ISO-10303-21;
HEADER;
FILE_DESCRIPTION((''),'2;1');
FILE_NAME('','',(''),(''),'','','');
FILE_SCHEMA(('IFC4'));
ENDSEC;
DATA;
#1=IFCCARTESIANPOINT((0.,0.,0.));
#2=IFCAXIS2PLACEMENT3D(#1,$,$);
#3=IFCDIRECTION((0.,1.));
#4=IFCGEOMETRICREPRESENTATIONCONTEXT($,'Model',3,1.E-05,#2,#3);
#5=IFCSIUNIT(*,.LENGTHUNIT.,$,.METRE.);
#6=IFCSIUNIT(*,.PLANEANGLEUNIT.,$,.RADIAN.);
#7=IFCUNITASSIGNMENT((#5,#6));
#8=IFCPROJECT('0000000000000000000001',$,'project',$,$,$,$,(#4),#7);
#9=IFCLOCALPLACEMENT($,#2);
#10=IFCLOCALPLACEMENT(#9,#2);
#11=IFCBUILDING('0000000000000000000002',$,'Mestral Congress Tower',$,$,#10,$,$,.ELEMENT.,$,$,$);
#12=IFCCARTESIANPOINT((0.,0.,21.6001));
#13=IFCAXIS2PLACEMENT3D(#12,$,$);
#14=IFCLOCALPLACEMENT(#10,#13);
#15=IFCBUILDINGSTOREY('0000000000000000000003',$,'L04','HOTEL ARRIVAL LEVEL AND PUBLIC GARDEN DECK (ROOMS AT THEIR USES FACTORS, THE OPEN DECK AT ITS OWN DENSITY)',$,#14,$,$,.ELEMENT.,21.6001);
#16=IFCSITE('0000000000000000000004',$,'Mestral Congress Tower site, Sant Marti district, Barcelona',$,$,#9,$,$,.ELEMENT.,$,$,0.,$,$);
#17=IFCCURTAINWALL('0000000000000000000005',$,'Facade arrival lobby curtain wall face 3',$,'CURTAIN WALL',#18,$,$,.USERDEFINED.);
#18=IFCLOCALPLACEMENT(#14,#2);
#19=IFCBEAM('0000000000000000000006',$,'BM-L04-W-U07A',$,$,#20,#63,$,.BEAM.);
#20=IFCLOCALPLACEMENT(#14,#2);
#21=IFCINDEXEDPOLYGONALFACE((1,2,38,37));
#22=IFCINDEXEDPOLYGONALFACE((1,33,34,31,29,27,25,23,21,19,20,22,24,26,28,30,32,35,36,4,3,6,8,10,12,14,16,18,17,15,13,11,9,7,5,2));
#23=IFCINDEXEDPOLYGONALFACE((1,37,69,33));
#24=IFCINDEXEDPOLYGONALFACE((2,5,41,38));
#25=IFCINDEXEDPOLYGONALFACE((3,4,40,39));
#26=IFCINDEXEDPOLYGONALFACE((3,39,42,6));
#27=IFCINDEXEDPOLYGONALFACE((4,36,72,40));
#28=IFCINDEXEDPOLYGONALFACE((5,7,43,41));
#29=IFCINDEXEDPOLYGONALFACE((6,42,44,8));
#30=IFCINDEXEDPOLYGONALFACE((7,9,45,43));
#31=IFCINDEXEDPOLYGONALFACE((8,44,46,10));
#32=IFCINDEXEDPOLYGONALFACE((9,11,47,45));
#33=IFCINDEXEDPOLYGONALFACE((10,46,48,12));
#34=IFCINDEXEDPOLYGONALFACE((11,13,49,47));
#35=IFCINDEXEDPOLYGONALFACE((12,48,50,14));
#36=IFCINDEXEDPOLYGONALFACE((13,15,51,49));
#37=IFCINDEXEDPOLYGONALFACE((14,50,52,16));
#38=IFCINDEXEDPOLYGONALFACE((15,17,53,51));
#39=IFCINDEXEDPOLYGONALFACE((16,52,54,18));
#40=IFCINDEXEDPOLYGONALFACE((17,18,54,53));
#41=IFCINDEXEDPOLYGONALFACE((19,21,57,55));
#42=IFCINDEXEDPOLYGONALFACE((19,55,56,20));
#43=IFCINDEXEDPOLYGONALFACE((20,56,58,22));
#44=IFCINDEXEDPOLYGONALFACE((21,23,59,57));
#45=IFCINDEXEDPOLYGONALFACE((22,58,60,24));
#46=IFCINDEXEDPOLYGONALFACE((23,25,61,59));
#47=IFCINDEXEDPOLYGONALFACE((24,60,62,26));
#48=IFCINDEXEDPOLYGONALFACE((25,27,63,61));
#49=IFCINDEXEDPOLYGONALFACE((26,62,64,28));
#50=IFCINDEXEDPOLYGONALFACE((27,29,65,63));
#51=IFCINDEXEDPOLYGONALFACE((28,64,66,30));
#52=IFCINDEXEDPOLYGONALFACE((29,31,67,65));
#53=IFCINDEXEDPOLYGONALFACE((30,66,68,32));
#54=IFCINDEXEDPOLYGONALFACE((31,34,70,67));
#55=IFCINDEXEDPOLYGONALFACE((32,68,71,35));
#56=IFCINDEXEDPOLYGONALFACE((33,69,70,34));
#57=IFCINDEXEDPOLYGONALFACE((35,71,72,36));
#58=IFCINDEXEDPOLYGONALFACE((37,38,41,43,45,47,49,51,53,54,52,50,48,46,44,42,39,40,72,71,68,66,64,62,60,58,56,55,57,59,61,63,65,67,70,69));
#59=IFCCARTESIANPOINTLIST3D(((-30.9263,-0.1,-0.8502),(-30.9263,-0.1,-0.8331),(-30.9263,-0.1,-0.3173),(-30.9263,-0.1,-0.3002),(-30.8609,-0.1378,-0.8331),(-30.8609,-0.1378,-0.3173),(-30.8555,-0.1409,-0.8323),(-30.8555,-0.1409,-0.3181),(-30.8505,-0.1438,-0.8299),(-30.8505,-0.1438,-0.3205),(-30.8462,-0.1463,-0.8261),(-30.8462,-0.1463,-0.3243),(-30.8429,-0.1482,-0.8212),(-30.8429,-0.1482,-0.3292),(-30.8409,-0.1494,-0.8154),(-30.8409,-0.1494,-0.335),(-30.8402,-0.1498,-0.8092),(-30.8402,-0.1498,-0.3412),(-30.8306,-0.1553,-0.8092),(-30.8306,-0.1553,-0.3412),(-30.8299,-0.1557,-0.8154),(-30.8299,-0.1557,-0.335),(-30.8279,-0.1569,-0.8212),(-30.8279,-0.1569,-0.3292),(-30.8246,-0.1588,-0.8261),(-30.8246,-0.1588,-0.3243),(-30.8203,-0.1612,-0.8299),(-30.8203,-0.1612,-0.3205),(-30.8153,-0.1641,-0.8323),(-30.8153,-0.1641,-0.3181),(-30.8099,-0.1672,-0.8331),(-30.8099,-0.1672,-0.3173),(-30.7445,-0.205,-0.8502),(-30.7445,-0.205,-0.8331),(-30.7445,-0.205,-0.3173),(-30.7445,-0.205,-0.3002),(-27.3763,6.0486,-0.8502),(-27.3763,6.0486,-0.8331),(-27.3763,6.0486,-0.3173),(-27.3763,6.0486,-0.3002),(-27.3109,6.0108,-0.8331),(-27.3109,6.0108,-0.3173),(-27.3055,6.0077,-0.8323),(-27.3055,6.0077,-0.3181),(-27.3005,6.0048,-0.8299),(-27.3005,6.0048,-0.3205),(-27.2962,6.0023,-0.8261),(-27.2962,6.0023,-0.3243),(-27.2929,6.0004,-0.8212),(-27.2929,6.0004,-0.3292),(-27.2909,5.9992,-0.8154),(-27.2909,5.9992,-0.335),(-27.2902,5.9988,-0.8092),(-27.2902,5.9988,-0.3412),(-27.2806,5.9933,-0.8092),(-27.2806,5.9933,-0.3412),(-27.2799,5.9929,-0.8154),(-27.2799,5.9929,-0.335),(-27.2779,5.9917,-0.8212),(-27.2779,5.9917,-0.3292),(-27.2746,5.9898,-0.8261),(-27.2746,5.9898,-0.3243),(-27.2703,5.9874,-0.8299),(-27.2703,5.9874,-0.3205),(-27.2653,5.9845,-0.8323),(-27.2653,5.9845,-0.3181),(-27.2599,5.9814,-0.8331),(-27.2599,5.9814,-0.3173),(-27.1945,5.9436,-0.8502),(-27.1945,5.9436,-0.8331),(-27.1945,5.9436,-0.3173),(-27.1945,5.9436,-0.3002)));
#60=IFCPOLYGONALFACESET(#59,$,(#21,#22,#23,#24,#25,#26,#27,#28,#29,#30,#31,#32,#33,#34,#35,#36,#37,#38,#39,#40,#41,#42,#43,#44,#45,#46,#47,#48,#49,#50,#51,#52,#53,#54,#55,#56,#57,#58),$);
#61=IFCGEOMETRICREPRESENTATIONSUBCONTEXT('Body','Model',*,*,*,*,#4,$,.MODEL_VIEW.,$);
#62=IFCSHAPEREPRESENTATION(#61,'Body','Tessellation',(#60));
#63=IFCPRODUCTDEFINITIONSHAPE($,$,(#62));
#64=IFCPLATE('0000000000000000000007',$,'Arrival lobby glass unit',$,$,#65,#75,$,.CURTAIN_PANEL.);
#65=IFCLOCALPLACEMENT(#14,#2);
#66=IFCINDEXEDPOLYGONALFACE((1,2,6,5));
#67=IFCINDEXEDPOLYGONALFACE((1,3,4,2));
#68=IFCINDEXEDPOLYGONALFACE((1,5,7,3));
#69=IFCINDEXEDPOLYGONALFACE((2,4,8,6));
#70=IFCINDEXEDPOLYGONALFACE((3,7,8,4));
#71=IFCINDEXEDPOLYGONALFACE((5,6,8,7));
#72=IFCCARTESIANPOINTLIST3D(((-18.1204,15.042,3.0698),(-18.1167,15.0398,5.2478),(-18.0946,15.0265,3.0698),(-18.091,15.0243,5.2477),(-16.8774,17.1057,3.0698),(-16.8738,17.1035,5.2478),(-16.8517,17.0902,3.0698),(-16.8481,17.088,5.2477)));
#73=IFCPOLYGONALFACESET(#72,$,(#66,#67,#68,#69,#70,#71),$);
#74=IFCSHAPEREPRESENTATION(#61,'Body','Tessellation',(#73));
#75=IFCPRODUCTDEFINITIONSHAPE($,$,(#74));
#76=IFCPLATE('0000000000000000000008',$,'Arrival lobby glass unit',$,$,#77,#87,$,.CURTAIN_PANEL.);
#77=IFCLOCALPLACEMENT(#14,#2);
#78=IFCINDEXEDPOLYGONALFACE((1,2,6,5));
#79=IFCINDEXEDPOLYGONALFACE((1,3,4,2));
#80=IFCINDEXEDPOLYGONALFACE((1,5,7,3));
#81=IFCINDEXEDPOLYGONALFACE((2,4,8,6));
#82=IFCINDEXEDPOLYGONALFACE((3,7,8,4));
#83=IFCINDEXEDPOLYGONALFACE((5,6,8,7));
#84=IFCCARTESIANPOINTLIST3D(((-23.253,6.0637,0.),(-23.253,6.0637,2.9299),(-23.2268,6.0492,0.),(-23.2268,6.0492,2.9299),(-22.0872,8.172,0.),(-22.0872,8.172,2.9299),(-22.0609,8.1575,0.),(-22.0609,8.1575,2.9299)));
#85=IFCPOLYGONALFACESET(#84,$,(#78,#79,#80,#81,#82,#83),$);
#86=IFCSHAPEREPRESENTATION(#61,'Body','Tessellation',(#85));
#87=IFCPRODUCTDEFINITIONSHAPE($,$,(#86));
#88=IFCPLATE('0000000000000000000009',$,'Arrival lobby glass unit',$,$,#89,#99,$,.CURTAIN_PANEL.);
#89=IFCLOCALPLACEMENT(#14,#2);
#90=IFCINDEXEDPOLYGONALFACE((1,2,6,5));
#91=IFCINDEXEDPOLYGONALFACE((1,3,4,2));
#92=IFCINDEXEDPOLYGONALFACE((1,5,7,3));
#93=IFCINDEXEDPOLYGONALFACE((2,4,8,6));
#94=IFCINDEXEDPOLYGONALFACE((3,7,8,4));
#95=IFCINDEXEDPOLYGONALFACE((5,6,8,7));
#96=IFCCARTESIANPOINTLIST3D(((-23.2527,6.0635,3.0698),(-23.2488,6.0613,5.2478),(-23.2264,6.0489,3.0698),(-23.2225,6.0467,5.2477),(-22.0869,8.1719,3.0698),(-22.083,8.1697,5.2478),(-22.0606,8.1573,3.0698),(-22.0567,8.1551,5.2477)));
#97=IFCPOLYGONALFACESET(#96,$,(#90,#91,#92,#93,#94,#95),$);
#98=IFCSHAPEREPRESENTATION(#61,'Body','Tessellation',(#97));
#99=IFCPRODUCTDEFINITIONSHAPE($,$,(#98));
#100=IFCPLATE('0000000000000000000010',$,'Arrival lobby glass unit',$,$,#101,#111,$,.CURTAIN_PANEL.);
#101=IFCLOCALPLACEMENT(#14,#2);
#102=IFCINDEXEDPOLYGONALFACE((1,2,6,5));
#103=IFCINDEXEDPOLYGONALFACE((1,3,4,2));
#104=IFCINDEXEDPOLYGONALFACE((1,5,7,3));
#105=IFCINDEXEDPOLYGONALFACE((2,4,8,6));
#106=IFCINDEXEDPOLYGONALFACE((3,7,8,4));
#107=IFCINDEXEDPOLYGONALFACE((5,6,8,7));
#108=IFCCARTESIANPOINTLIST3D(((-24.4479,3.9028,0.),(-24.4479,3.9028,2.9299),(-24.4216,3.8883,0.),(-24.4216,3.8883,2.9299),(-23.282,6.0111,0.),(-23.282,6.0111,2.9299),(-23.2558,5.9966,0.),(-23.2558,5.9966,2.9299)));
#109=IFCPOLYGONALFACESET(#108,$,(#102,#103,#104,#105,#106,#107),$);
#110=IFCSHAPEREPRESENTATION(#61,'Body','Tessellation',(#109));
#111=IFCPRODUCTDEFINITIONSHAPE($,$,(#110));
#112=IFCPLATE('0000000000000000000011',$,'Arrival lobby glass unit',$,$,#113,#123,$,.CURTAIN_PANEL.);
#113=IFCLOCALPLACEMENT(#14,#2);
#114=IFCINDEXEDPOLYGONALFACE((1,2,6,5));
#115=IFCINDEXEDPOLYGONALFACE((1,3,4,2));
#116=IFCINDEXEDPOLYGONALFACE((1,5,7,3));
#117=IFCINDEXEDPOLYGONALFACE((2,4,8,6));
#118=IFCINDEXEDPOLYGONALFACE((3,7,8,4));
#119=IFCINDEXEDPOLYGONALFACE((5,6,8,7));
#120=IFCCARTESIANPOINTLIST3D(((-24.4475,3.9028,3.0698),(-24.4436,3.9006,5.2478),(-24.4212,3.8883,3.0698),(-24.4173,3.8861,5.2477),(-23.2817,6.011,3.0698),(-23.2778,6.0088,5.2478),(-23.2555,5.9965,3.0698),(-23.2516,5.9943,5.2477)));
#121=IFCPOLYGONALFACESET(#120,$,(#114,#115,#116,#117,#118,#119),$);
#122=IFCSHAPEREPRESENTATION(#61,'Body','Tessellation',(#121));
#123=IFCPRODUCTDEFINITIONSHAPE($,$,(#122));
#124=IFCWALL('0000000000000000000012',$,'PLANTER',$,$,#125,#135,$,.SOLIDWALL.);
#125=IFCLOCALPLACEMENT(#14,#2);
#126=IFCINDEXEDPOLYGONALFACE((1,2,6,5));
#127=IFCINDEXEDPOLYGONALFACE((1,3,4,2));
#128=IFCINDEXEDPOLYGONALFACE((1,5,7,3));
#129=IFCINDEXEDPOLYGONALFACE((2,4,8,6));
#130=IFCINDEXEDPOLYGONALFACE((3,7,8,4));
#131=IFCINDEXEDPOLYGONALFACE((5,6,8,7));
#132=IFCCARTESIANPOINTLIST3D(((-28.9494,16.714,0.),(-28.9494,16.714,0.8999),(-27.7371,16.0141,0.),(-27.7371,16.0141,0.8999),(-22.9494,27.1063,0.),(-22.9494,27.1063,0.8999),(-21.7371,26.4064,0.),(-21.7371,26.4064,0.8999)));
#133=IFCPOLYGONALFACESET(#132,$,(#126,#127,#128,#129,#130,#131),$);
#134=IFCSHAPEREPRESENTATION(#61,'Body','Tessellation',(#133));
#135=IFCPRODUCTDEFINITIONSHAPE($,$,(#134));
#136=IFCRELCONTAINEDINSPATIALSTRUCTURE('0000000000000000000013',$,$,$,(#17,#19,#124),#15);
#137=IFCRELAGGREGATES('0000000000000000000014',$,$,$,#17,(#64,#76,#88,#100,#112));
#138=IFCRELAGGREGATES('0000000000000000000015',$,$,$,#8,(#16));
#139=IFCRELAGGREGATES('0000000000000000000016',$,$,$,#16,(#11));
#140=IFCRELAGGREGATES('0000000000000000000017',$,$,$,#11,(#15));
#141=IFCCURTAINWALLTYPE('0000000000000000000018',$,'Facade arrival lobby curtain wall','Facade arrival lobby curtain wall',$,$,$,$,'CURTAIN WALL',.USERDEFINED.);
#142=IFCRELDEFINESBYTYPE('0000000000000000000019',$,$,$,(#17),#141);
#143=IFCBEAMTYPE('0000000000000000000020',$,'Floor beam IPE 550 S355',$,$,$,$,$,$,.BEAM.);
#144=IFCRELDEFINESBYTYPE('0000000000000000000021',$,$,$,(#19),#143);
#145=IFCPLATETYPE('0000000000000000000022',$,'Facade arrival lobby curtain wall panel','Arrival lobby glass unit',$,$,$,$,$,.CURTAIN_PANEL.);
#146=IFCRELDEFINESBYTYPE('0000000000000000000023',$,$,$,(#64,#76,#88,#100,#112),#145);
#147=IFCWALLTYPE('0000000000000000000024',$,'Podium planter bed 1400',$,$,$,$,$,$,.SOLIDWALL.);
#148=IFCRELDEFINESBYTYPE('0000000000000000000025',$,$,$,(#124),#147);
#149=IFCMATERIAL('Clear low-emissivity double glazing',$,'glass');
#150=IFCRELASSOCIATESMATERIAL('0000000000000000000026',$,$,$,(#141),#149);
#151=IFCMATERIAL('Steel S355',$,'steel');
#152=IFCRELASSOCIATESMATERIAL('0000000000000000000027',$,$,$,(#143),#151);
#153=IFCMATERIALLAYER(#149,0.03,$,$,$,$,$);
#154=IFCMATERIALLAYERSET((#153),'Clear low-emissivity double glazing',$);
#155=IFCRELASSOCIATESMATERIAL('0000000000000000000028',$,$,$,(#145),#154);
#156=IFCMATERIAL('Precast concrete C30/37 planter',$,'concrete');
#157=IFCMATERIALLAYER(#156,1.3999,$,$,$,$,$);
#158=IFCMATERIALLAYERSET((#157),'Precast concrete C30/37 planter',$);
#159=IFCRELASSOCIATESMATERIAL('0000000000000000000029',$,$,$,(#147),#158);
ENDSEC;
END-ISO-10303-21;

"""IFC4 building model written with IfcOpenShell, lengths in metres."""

from ifc_helpers import new_model, si_unit, direction, frame, frame_2d, origin, origin_2d, place, context, subcontext, project, spatial, polyline, rectangle, i_section, outline, extrude, material, layer, layer_set, material_profile, profile_set, type_object, element, aggregate, save


model = new_model("IFC4")

# Units and contexts
model_context = context("Model", 3, precision=1e-05, world=origin(), true_north=direction((0.0, 1.0)))
body_context = subcontext(model_context, "Body", "Model", "MODEL_VIEW")
ifc_project = project(units=[si_unit("LENGTHUNIT", "METRE"), si_unit("PLANEANGLEUNIT", "RADIAN")], contexts=[model_context])

# Site, building, storey
site_placement = place(None, origin())
site = spatial("IfcSite", under=ifc_project, at=site_placement, Name="Mestral Congress Tower site, Sant Marti district, Barcelona", CompositionType="ELEMENT", RefElevation=0.0)
building_placement = place(site_placement, origin())
building = spatial("IfcBuilding", under=site, at=building_placement, Name="Mestral Congress Tower", CompositionType="ELEMENT")
storey_placement = place(building_placement, frame((0.0, 0.0, 21.6001)))
storey = spatial("IfcBuildingStorey", under=building, at=storey_placement, Name="L04", Description="HOTEL ARRIVAL LEVEL AND PUBLIC GARDEN DECK (ROOMS AT THEIR USES FACTORS, THE OPEN DECK AT ITS OWN DENSITY)", CompositionType="ELEMENT", Elevation=21.6001)

# Curtain wall
ifc_material_1 = material(Name="Clear low-emissivity double glazing", Category="glass")
curtain_wall_type = type_object("IfcCurtainWallType", Name="Facade arrival lobby curtain wall", Description="Facade arrival lobby curtain wall", ElementType="CURTAIN WALL", PredefinedType="USERDEFINED", material=ifc_material_1)
curtain_wall_placement = place(storey_placement, origin())
curtain_wall = element("IfcCurtainWall", 1, at=curtain_wall_placement, inside=storey, type_object=curtain_wall_type, Name="Facade arrival lobby curtain wall face 3", ObjectType="CURTAIN WALL", PredefinedType="USERDEFINED")

# Beam
ifc_material_2 = material(Name="Steel S355", Category="steel")
ifc_material_profile_1 = material_profile(ifc_material_2, i_section(OverallWidth=0.21, OverallDepth=0.55, WebThickness=0.011, FlangeThickness=0.0171, FilletRadius=0.0239, at=origin_2d()), Name="IPE 550")
ifc_profile_set_1 = profile_set([ifc_material_profile_1], Name="Steel S355")
beam_type_1 = type_object("IfcBeamType", Name="Floor beam IPE 550 S355", PredefinedType="BEAM", material=ifc_profile_set_1)
beam_1_placement = place(storey_placement, frame((-27.2854, 5.9961, -0.5752), z_axis=(-0.500011, -0.866019, 0.0), x_axis=(0.866019, -0.500011, 0.0)))
element("IfcBeam", 2, at=beam_1_placement, inside=storey, type_object=beam_type_1, Name="BM-L04-W-U07A", PredefinedType="BEAM", context=body_context, shape_type="SweptSolid", body=[
    extrude(i_section(OverallWidth=0.21, OverallDepth=0.55, WebThickness=0.011, FlangeThickness=0.0171, FilletRadius=0.0239, at=origin_2d()), origin(), (0.0, 0.0, 1.0), 7.0999),
])

# Plates
ifc_layer_1 = layer(ifc_material_1, 0.03)
ifc_layer_set_1 = layer_set([ifc_layer_1], Name="Clear low-emissivity double glazing")
plate_type = type_object("IfcPlateType", Name="Facade arrival lobby curtain wall panel", Description="Arrival lobby glass unit", PredefinedType="CURTAIN_PANEL", material=ifc_layer_set_1)
plate_1_placement = place(storey_placement, frame((-18.1204, 15.042, 3.0698), z_axis=(-0.856632, 0.515925, 0.001961), x_axis=(0.515926, 0.856633, 0.0)))
plate_1 = element("IfcPlate", 3, at=plate_1_placement, type_object=plate_type, Name="Arrival lobby glass unit", PredefinedType="CURTAIN_PANEL", context=body_context, shape_type="SweptSolid", body=[
    extrude(outline(polyline([(0.0, 0.0), (2.4091, 0.0), (2.4091, -2.178), (0.0, -2.178), (0.0, 0.0)])), origin(), (0.0, 0.0, -1.0), 0.03),
])
plate_2_placement = place(storey_placement, frame((-22.657, 7.1106, 0.0), z_axis=(0.0, 0.0, 1.0), x_axis=(-0.483906, -0.87512, 0.0)))
plate_2 = element("IfcPlate", 4, at=plate_2_placement, type_object=plate_type, Name="Arrival lobby glass unit", PredefinedType="CURTAIN_PANEL", context=body_context, shape_type="SweptSolid", body=[
    extrude(rectangle(XDim=2.4092, YDim=0.03, at=origin_2d()), origin(), (0.0, 0.0, 1.0), 2.9299),
])
plate_3_placement = place(storey_placement, frame((-23.2527, 6.0635, 3.0698), z_axis=(-0.875134, 0.483877, 0.002058), x_axis=(0.483878, 0.875135, 0.0)))
plate_3 = element("IfcPlate", 5, at=plate_3_placement, type_object=plate_type, Name="Arrival lobby glass unit", PredefinedType="CURTAIN_PANEL", context=body_context, shape_type="SweptSolid", body=[
    extrude(outline(polyline([(0.0, 0.0), (2.4092, 0.0), (2.4092, -2.178), (0.0, -2.178), (0.0, 0.0)])), origin(), (0.0, 0.0, -1.0), 0.03),
])
plate_4_placement = place(storey_placement, frame((-23.8518, 4.9497, 0.0), z_axis=(0.0, 0.0, 1.0), x_axis=(-0.483906, -0.87512, 0.0)))
plate_4 = element("IfcPlate", 6, at=plate_4_placement, type_object=plate_type, Name="Arrival lobby glass unit", PredefinedType="CURTAIN_PANEL", context=body_context, shape_type="SweptSolid", body=[
    extrude(rectangle(XDim=2.4092, YDim=0.03, at=origin_2d()), origin(), (0.0, 0.0, 1.0), 2.9299),
])
plate_5_placement = place(storey_placement, frame((-24.4475, 3.9028, 3.0698), z_axis=(-0.87511, 0.48392, 0.002058), x_axis=(0.483921, 0.875112, 0.0)))
plate_5 = element("IfcPlate", 7, at=plate_5_placement, type_object=plate_type, Name="Arrival lobby glass unit", PredefinedType="CURTAIN_PANEL", context=body_context, shape_type="SweptSolid", body=[
    extrude(outline(polyline([(0.0, 0.0), (2.409, 0.0), (2.409, -2.178), (0.0, -2.178), (0.0, 0.0)])), origin(), (0.0, 0.0, -1.0), 0.03),
])
aggregate(curtain_wall, [plate_1, plate_2, plate_3, plate_4, plate_5])

# Wall
ifc_material_3 = material(Name="Precast concrete C30/37 planter", Category="concrete")
ifc_layer_2 = layer(ifc_material_3, 1.3999)
ifc_layer_set_2 = layer_set([ifc_layer_2], Name="Precast concrete C30/37 planter")
wall_type_1 = type_object("IfcWallType", Name="Podium planter bed 1400", PredefinedType="SOLIDWALL", material=ifc_layer_set_2)
wall_1_placement = place(storey_placement, frame((-22.3433, 26.7563, 0.0), z_axis=(0.0, 0.0, 1.0), x_axis=(-0.499999, -0.866026, 0.0)))
element("IfcWall", 8, at=wall_1_placement, inside=storey, type_object=wall_type_1, Name="PLANTER", PredefinedType="SOLIDWALL", context=body_context, shape_type="SweptSolid", body=[
    extrude(rectangle(XDim=12.0, YDim=1.3999, at=frame_2d((6.0, 0.0))), origin(), (0.0, 0.0, 1.0), 0.8999),
])

save(model, "model.ifc")
